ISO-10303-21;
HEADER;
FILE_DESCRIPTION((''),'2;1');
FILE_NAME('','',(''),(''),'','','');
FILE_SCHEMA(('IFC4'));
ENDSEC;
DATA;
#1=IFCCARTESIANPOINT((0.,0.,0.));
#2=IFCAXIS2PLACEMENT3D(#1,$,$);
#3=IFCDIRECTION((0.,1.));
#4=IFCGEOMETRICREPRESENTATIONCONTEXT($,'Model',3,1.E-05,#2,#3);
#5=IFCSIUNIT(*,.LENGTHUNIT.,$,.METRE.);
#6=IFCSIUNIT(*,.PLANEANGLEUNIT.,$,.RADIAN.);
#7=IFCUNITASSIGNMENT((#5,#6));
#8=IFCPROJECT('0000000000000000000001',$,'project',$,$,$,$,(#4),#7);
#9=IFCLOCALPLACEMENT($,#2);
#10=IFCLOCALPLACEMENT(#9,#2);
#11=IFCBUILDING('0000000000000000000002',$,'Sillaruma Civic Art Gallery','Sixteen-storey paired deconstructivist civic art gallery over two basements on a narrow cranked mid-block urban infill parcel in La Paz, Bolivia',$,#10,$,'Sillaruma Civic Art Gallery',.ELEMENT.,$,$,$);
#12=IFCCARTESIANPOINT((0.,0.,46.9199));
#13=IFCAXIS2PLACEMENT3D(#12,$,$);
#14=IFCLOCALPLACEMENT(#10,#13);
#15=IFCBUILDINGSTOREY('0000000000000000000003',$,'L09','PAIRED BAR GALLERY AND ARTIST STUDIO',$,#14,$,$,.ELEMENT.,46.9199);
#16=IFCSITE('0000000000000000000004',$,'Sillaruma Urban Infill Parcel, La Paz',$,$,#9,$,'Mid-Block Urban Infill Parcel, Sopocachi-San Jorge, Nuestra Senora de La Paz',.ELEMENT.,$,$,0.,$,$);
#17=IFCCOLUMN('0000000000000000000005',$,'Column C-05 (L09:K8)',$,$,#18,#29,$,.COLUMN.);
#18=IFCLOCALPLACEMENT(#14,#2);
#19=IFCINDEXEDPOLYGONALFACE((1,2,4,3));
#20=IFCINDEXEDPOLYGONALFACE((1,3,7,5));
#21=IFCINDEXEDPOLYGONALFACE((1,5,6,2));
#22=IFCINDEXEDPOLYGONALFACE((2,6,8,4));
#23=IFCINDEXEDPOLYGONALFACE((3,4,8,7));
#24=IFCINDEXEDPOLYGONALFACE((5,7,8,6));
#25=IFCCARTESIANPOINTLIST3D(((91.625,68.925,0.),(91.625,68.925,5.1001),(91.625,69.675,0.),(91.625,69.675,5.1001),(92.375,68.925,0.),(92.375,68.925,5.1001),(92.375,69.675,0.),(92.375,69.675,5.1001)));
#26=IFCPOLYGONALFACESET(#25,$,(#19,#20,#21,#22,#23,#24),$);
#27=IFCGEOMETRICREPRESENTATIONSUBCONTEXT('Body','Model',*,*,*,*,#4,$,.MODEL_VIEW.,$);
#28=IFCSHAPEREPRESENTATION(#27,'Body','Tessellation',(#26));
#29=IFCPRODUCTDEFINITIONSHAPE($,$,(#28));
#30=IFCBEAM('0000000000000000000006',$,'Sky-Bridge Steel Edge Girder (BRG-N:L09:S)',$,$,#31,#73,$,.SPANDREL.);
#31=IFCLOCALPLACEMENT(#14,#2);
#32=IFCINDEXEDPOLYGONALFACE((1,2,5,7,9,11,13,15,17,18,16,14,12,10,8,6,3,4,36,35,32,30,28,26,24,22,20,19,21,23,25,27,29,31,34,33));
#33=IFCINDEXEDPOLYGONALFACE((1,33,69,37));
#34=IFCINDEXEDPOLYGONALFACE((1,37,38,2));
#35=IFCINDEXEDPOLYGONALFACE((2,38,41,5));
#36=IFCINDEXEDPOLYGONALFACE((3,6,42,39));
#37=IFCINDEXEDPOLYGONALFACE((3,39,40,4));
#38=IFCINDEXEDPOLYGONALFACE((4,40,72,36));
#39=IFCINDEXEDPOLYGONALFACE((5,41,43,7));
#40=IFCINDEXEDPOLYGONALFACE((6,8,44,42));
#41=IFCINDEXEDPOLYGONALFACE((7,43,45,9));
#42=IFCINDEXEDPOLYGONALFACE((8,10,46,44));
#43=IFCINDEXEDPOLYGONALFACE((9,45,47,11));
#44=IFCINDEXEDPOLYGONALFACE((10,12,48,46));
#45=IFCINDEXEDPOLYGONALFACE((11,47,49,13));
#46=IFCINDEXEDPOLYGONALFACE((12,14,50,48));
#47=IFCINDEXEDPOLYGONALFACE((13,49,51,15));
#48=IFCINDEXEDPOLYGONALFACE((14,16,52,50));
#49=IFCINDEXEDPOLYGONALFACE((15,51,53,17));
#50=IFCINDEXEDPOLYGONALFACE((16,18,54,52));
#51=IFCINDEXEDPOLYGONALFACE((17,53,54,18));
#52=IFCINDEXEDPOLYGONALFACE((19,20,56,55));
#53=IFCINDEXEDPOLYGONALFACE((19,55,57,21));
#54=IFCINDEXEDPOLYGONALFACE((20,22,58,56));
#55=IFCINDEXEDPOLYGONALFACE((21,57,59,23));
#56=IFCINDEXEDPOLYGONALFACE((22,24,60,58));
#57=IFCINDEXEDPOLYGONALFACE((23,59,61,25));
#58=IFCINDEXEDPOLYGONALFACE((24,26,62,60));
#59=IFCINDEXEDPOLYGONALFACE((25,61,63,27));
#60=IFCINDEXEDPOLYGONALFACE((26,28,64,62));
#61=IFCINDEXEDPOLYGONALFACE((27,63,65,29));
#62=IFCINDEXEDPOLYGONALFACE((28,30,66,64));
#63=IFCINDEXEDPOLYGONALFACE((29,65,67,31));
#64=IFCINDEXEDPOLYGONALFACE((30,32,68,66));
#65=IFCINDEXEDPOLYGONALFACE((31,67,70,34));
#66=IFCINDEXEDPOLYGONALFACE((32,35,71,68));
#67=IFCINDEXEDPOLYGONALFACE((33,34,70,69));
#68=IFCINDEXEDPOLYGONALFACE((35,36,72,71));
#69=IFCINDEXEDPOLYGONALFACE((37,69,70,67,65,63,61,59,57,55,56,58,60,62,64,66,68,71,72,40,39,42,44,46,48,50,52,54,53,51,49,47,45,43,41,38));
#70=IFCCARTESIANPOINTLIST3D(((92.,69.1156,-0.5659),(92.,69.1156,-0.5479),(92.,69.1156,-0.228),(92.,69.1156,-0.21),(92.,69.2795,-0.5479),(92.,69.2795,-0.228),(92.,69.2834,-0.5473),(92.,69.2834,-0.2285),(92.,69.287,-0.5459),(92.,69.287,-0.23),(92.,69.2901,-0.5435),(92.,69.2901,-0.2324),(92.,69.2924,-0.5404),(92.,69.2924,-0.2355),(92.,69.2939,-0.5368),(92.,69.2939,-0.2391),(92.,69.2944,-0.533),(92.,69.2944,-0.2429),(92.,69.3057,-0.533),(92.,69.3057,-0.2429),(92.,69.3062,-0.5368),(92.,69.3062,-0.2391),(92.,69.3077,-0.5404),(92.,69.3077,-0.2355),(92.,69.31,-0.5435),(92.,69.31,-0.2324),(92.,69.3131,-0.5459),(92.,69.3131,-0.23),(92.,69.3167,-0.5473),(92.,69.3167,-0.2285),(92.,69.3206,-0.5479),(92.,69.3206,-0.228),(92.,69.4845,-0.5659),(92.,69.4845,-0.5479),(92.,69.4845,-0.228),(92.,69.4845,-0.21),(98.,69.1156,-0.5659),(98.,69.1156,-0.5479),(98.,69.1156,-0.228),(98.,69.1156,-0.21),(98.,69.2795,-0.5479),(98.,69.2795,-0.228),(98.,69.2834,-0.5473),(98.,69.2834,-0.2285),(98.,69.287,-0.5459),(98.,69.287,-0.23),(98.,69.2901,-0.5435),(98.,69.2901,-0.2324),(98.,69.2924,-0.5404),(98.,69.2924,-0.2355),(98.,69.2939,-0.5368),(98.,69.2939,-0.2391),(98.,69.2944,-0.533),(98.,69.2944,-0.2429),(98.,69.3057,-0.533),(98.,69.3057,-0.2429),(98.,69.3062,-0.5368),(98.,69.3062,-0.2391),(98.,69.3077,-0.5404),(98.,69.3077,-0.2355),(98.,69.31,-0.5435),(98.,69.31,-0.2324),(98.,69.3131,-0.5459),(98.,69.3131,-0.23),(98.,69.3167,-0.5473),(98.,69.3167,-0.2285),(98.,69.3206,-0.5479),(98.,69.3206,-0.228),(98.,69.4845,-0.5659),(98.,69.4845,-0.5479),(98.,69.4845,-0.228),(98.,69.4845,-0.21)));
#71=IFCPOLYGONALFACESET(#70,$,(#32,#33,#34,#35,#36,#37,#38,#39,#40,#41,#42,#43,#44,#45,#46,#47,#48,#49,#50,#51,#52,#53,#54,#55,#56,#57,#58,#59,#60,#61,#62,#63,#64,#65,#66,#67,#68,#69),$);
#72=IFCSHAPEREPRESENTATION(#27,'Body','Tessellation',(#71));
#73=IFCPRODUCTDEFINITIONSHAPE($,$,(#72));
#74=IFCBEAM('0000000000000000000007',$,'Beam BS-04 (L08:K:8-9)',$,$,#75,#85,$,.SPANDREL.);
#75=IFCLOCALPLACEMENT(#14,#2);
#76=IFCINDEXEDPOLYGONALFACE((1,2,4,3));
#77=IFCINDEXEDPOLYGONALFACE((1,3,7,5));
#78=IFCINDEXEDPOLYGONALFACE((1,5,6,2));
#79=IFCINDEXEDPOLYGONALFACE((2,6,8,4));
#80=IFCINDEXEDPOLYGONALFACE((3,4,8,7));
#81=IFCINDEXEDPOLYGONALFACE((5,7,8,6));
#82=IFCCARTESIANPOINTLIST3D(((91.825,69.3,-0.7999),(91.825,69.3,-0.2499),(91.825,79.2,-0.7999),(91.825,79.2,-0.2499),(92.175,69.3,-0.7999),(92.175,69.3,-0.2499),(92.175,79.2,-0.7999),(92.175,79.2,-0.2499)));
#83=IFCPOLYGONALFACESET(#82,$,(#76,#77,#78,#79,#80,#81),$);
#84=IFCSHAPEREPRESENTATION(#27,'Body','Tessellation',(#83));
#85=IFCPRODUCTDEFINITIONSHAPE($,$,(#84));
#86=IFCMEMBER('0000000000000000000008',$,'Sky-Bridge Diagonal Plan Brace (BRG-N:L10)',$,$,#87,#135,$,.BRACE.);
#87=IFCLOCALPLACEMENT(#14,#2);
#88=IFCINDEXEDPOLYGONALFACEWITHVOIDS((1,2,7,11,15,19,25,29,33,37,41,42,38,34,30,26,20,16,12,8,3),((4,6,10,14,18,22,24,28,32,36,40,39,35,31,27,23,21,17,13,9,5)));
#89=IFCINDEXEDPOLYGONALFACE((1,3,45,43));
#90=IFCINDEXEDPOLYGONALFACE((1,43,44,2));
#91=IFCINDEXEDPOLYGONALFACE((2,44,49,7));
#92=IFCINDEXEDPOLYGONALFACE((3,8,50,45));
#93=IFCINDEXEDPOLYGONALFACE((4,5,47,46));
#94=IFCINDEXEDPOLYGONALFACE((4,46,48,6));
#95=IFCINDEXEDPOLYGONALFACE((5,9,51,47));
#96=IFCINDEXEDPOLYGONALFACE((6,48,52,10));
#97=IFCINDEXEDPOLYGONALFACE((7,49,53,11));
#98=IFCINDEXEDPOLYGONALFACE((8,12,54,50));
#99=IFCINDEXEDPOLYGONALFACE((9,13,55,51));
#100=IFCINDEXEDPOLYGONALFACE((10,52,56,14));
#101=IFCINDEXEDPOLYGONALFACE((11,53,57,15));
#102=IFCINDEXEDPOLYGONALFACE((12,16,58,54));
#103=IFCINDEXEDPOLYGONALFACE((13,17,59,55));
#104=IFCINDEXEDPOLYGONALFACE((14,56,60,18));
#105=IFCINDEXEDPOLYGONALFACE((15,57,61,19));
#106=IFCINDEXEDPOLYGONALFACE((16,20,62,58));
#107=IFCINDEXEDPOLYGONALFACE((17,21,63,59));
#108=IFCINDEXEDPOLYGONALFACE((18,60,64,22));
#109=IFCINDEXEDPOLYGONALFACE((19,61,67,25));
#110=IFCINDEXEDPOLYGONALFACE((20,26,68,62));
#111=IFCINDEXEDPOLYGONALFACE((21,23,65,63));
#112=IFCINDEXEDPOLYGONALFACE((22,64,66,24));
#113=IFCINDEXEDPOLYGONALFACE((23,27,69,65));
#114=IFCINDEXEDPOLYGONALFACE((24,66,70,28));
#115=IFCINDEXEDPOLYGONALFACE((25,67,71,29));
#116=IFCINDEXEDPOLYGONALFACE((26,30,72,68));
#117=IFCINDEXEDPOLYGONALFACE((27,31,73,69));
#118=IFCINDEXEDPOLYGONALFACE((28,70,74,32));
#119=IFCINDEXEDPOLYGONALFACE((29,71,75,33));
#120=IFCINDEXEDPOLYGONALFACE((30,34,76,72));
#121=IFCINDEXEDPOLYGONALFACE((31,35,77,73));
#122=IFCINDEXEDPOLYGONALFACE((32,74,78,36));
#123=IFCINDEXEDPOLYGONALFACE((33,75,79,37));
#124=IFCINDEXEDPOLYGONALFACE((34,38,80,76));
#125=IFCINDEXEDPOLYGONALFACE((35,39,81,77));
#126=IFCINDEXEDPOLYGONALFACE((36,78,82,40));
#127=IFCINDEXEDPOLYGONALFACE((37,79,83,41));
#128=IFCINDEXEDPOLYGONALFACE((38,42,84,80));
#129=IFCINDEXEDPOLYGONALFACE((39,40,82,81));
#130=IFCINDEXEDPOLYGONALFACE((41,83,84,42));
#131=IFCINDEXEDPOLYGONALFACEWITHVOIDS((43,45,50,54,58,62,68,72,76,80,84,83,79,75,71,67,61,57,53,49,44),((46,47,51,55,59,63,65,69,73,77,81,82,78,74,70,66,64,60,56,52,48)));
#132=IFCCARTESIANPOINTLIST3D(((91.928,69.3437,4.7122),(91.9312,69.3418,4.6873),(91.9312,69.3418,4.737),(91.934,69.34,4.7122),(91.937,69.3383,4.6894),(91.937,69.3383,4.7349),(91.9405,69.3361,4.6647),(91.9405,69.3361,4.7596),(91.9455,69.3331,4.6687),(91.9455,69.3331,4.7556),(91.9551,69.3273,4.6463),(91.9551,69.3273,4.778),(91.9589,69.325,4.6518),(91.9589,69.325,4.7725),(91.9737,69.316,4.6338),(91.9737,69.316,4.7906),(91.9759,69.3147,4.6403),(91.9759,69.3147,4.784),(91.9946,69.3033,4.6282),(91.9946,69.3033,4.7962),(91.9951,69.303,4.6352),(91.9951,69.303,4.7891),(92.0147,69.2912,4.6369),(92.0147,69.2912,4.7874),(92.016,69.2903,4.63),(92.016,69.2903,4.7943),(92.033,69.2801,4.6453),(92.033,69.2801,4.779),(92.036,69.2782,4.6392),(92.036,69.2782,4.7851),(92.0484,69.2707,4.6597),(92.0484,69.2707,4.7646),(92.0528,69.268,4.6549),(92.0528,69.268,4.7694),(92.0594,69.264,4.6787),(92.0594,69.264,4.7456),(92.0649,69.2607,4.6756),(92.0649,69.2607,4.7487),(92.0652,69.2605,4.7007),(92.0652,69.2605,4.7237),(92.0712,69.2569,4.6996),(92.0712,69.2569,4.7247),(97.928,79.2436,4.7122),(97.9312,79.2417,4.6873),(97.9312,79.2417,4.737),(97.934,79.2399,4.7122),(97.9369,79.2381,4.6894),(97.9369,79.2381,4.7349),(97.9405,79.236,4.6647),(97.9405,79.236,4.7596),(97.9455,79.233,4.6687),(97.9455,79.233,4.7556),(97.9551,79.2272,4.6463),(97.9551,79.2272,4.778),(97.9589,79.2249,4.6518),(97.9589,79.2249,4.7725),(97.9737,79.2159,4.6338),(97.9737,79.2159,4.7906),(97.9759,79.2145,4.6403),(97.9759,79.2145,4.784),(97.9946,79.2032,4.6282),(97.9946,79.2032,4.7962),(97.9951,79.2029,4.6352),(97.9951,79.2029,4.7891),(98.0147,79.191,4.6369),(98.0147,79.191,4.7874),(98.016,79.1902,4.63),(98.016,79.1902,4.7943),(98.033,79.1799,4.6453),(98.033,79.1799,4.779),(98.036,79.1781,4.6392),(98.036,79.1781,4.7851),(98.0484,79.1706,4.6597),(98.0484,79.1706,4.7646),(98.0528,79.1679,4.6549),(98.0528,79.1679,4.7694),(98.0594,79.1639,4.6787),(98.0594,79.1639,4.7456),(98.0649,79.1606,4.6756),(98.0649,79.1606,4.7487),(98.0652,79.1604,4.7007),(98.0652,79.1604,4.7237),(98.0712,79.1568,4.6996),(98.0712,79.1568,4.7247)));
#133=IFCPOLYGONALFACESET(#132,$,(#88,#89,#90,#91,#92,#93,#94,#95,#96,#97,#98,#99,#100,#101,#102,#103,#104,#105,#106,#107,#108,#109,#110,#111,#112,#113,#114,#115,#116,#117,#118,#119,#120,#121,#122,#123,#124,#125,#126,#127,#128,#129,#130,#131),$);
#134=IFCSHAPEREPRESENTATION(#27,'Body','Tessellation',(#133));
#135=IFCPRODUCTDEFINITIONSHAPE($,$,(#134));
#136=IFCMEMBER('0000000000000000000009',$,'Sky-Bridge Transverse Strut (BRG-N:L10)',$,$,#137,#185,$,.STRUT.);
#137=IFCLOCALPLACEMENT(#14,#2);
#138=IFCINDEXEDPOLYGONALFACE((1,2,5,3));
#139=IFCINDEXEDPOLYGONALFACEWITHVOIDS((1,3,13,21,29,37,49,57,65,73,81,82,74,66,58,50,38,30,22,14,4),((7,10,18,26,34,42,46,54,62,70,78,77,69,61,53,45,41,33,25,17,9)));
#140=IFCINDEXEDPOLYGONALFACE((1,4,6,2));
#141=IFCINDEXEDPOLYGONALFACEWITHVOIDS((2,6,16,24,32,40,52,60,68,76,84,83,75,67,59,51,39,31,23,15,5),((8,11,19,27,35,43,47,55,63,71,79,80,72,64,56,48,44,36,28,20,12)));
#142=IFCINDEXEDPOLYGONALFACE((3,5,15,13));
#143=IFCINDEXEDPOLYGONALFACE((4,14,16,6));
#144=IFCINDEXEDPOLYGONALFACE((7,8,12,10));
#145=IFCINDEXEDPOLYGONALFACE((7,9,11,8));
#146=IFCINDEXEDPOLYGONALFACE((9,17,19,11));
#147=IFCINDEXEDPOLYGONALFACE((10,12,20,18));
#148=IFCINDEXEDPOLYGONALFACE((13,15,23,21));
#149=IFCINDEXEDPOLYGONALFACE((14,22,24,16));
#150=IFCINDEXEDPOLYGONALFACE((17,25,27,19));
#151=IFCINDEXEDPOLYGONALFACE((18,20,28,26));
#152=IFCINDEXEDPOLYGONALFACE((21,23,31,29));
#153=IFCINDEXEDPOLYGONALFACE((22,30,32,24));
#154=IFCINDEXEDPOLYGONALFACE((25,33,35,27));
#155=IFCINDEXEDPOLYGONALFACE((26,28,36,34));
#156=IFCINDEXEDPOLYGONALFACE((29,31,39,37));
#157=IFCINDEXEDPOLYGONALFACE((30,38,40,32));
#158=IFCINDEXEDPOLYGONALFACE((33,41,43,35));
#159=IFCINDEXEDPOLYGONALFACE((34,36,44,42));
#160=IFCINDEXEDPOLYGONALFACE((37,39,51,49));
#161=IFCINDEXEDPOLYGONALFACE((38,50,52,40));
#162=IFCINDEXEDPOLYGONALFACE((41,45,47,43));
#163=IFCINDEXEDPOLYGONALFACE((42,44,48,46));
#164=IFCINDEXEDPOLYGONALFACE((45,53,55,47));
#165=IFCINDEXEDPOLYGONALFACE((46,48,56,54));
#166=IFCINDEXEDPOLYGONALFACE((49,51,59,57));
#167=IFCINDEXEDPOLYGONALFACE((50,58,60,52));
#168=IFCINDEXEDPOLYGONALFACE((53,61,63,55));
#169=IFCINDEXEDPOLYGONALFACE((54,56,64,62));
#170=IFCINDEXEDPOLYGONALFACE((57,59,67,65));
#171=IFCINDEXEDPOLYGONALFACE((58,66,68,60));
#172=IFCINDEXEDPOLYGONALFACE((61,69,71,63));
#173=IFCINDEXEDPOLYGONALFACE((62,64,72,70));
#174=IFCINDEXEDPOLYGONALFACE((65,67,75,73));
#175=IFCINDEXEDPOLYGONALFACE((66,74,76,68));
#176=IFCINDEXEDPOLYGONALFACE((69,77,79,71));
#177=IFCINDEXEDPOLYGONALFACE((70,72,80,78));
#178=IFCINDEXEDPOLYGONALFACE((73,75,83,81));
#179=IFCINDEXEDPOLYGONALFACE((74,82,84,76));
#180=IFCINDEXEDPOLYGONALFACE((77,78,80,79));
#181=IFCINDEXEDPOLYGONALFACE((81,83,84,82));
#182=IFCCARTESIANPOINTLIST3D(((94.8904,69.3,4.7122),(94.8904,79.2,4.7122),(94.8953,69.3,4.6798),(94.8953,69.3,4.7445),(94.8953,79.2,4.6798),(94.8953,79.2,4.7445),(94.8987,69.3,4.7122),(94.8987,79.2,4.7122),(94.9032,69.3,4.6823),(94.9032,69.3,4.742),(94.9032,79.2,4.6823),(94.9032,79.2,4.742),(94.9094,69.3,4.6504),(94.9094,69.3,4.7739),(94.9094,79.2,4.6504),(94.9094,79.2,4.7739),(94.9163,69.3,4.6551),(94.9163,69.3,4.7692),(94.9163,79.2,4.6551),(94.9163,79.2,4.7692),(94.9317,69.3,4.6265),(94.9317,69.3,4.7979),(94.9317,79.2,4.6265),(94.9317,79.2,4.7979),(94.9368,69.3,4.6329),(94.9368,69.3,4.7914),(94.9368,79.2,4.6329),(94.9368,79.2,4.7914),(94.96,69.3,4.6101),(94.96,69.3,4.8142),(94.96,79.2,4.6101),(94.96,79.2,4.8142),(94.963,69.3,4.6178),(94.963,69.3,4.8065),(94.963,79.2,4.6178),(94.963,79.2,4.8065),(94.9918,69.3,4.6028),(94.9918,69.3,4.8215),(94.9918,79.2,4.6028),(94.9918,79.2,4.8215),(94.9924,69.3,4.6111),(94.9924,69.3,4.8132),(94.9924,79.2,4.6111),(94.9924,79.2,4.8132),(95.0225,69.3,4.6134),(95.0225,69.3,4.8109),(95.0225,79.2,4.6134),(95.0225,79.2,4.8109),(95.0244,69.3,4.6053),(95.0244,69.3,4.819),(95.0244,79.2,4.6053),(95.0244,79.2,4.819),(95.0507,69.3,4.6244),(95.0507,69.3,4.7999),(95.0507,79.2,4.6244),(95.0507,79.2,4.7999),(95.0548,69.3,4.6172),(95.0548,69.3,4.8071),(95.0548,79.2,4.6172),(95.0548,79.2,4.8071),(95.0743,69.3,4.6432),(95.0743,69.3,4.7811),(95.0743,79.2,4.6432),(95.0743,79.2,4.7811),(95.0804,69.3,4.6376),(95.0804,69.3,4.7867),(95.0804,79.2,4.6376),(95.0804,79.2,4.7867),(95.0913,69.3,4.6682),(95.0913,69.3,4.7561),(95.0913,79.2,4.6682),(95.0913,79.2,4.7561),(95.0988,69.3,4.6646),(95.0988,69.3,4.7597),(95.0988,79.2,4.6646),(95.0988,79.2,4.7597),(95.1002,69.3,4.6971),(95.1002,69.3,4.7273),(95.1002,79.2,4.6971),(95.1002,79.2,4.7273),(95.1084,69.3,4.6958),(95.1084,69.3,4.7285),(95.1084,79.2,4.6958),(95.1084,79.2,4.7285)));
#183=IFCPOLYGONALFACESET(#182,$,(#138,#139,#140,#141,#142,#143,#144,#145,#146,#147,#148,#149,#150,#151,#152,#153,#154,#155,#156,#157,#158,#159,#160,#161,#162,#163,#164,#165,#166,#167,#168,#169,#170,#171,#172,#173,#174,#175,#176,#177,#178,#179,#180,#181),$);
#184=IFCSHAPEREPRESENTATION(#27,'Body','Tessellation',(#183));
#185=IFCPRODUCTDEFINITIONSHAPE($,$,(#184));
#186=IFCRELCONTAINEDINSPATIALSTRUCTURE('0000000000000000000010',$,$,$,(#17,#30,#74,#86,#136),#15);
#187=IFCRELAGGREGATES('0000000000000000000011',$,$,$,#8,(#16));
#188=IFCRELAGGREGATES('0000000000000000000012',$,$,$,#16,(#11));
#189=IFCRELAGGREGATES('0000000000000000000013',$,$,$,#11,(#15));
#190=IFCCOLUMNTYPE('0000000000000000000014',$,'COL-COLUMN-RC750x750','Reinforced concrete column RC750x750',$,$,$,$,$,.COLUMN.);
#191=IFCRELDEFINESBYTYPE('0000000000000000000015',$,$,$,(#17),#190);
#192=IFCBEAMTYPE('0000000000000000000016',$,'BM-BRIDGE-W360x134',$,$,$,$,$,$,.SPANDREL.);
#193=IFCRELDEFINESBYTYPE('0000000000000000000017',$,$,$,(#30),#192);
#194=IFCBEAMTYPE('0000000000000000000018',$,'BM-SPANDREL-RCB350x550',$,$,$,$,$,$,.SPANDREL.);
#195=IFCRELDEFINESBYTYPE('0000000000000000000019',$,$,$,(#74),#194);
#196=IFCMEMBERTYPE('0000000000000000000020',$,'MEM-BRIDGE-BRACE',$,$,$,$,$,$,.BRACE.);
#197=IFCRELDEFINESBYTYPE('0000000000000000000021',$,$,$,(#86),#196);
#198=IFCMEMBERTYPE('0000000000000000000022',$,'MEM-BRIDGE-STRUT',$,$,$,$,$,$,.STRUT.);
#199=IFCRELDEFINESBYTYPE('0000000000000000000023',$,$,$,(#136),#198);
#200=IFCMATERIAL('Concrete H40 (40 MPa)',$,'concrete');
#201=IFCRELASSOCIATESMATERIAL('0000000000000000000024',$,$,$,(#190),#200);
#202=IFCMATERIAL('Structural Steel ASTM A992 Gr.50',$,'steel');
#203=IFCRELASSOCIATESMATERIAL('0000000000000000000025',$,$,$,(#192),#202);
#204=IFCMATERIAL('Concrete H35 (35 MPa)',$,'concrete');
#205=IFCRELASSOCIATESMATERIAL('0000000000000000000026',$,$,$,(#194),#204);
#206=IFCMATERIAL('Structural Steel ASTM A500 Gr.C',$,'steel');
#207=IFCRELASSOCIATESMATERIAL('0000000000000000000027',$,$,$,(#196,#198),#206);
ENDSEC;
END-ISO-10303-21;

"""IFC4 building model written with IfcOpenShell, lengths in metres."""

from ifc_helpers import new_model, si_unit, direction, frame, origin, origin_2d, place, context, subcontext, project, spatial, rectangle, hollow_circle, i_section, extrude, material, material_profile, profile_set, type_object, element, save


model = new_model("IFC4")

# Units and contexts
model_context = context("Model", 3, precision=1e-05, world=origin(), true_north=direction((0.0, 1.0)))
body_context = subcontext(model_context, "Body", "Model", "MODEL_VIEW")
ifc_project = project(units=[si_unit("LENGTHUNIT", "METRE"), si_unit("PLANEANGLEUNIT", "RADIAN")], contexts=[model_context])

# Site, building, storey
site_placement = place(None, origin())
site = spatial("IfcSite", under=ifc_project, at=site_placement, Name="Sillaruma Urban Infill Parcel, La Paz", LongName="Mid-Block Urban Infill Parcel, Sopocachi-San Jorge, Nuestra Senora de La Paz", CompositionType="ELEMENT", RefElevation=0.0)
building_placement = place(site_placement, origin())
building = spatial("IfcBuilding", under=site, at=building_placement, Name="Sillaruma Civic Art Gallery", Description="Sixteen-storey paired deconstructivist civic art gallery over two basements on a narrow cranked mid-block urban infill parcel in La Paz, Bolivia", LongName="Sillaruma Civic Art Gallery", CompositionType="ELEMENT")
storey_placement = place(building_placement, frame((0.0, 0.0, 46.9199)))
storey = spatial("IfcBuildingStorey", under=building, at=storey_placement, Name="L09", Description="PAIRED BAR GALLERY AND ARTIST STUDIO", CompositionType="ELEMENT", Elevation=46.9199)

# Column
ifc_material_1 = material(Name="Concrete H40 (40 MPa)", Category="concrete")
ifc_material_profile_1 = material_profile(ifc_material_1, rectangle(XDim=0.75, YDim=0.75, at=origin_2d()), Name="RC750x750")
ifc_profile_set_1 = profile_set([ifc_material_profile_1], Name="Concrete H40 (40 MPa)")
column_type = type_object("IfcColumnType", Name="COL-COLUMN-RC750x750", Description="Reinforced concrete column RC750x750", PredefinedType="COLUMN", material=ifc_profile_set_1)
column_placement = place(storey_placement, frame((92.0, 69.3, 0.0), z_axis=(0.0, 0.0, 1.0), x_axis=(1.0, 0.0, 0.0)))
element("IfcColumn", 1, at=column_placement, inside=storey, type_object=column_type, Name="Column C-05 (L09:K8)", PredefinedType="COLUMN", context=body_context, shape_type="SweptSolid", body=[
    extrude(rectangle(XDim=0.75, YDim=0.75, at=origin_2d()), origin(), (0.0, 0.0, 1.0), 5.1001),
])

# Beams
ifc_material_2 = material(Name="Structural Steel ASTM A992 Gr.50", Category="steel")
ifc_material_profile_2 = material_profile(ifc_material_2, i_section(OverallWidth=0.3689, OverallDepth=0.356, WebThickness=0.0112, FlangeThickness=0.0181, FilletRadius=0.0149, at=origin_2d()), Name="W360x134")
ifc_profile_set_2 = profile_set([ifc_material_profile_2], Name="Structural Steel ASTM A992 Gr.50")
beam_type_1 = type_object("IfcBeamType", Name="BM-BRIDGE-W360x134", PredefinedType="SPANDREL", material=ifc_profile_set_2)
beam_1_placement = place(storey_placement, frame((92.0, 69.3, -0.3879), z_axis=(1.0, 0.0, 0.0), x_axis=(0.0, 1.0, 0.0)))
element("IfcBeam", 2, at=beam_1_placement, inside=storey, type_object=beam_type_1, Name="Sky-Bridge Steel Edge Girder (BRG-N:L09:S)", PredefinedType="SPANDREL", context=body_context, shape_type="SweptSolid", body=[
    extrude(i_section(OverallWidth=0.3689, OverallDepth=0.356, WebThickness=0.0112, FlangeThickness=0.0181, FilletRadius=0.0149, at=origin_2d()), origin(), (0.0, 0.0, 1.0), 6.0),
])
ifc_material_3 = material(Name="Concrete H35 (35 MPa)", Category="concrete")
ifc_material_profile_3 = material_profile(ifc_material_3, rectangle(XDim=0.3501, YDim=0.55, at=origin_2d()), Name="RCB350x550")
ifc_profile_set_3 = profile_set([ifc_material_profile_3], Name="Concrete H35 (35 MPa)")
beam_type_2 = type_object("IfcBeamType", Name="BM-SPANDREL-RCB350x550", PredefinedType="SPANDREL", material=ifc_profile_set_3)
beam_2_placement = place(storey_placement, frame((92.0, 69.3, -0.5249), z_axis=(0.0, 1.0, 0.0), x_axis=(-1.0, 0.0, 0.0)))
element("IfcBeam", 3, at=beam_2_placement, inside=storey, type_object=beam_type_2, Name="Beam BS-04 (L08:K:8-9)", PredefinedType="SPANDREL", context=body_context, shape_type="SweptSolid", body=[
    extrude(rectangle(XDim=0.3501, YDim=0.55, at=origin_2d()), origin(), (0.0, 0.0, 1.0), 9.8999),
])

# Members
ifc_material_4 = material(Name="Structural Steel ASTM A500 Gr.C", Category="steel")
ifc_material_profile_4 = material_profile(ifc_material_4, hollow_circle(Radius=0.0842, WallThickness=0.0071, at=origin_2d()), Name="CHS168.3x7.1")
ifc_profile_set_4 = profile_set([ifc_material_profile_4], Name="Structural Steel ASTM A500 Gr.C")
member_type_1 = type_object("IfcMemberType", Name="MEM-BRIDGE-BRACE", PredefinedType="BRACE", material=ifc_profile_set_4)
member_1_placement = place(storey_placement, frame((92.0, 69.3, 4.7122), z_axis=(0.518305, 0.855196, 0.0), x_axis=(-0.855196, 0.518305, 0.0)))
element("IfcMember", 4, at=member_1_placement, inside=storey, type_object=member_type_1, Name="Sky-Bridge Diagonal Plan Brace (BRG-N:L10)", PredefinedType="BRACE", context=body_context, shape_type="SweptSolid", body=[
    extrude(hollow_circle(Radius=0.0842, WallThickness=0.0071, at=origin_2d()), origin(), (0.0, 0.0, 1.0), 11.5762),
])
ifc_material_profile_5 = material_profile(ifc_material_4, hollow_circle(Radius=0.1096, WallThickness=0.0083, at=origin_2d()), Name="CHS219.1x8.2")
ifc_profile_set_5 = profile_set([ifc_material_profile_5], Name="Structural Steel ASTM A500 Gr.C")
member_type_2 = type_object("IfcMemberType", Name="MEM-BRIDGE-STRUT", PredefinedType="STRUT", material=ifc_profile_set_5)
member_2_placement = place(storey_placement, frame((95.0, 69.3, 4.7122), z_axis=(0.0, 1.0, 0.0), x_axis=(-1.0, 0.0, 0.0)))
element("IfcMember", 5, at=member_2_placement, inside=storey, type_object=member_type_2, Name="Sky-Bridge Transverse Strut (BRG-N:L10)", PredefinedType="STRUT", context=body_context, shape_type="SweptSolid", body=[
    extrude(hollow_circle(Radius=0.1096, WallThickness=0.0083, at=origin_2d()), origin(), (0.0, 0.0, 1.0), 9.8999),
])

save(model, "model.ifc")
